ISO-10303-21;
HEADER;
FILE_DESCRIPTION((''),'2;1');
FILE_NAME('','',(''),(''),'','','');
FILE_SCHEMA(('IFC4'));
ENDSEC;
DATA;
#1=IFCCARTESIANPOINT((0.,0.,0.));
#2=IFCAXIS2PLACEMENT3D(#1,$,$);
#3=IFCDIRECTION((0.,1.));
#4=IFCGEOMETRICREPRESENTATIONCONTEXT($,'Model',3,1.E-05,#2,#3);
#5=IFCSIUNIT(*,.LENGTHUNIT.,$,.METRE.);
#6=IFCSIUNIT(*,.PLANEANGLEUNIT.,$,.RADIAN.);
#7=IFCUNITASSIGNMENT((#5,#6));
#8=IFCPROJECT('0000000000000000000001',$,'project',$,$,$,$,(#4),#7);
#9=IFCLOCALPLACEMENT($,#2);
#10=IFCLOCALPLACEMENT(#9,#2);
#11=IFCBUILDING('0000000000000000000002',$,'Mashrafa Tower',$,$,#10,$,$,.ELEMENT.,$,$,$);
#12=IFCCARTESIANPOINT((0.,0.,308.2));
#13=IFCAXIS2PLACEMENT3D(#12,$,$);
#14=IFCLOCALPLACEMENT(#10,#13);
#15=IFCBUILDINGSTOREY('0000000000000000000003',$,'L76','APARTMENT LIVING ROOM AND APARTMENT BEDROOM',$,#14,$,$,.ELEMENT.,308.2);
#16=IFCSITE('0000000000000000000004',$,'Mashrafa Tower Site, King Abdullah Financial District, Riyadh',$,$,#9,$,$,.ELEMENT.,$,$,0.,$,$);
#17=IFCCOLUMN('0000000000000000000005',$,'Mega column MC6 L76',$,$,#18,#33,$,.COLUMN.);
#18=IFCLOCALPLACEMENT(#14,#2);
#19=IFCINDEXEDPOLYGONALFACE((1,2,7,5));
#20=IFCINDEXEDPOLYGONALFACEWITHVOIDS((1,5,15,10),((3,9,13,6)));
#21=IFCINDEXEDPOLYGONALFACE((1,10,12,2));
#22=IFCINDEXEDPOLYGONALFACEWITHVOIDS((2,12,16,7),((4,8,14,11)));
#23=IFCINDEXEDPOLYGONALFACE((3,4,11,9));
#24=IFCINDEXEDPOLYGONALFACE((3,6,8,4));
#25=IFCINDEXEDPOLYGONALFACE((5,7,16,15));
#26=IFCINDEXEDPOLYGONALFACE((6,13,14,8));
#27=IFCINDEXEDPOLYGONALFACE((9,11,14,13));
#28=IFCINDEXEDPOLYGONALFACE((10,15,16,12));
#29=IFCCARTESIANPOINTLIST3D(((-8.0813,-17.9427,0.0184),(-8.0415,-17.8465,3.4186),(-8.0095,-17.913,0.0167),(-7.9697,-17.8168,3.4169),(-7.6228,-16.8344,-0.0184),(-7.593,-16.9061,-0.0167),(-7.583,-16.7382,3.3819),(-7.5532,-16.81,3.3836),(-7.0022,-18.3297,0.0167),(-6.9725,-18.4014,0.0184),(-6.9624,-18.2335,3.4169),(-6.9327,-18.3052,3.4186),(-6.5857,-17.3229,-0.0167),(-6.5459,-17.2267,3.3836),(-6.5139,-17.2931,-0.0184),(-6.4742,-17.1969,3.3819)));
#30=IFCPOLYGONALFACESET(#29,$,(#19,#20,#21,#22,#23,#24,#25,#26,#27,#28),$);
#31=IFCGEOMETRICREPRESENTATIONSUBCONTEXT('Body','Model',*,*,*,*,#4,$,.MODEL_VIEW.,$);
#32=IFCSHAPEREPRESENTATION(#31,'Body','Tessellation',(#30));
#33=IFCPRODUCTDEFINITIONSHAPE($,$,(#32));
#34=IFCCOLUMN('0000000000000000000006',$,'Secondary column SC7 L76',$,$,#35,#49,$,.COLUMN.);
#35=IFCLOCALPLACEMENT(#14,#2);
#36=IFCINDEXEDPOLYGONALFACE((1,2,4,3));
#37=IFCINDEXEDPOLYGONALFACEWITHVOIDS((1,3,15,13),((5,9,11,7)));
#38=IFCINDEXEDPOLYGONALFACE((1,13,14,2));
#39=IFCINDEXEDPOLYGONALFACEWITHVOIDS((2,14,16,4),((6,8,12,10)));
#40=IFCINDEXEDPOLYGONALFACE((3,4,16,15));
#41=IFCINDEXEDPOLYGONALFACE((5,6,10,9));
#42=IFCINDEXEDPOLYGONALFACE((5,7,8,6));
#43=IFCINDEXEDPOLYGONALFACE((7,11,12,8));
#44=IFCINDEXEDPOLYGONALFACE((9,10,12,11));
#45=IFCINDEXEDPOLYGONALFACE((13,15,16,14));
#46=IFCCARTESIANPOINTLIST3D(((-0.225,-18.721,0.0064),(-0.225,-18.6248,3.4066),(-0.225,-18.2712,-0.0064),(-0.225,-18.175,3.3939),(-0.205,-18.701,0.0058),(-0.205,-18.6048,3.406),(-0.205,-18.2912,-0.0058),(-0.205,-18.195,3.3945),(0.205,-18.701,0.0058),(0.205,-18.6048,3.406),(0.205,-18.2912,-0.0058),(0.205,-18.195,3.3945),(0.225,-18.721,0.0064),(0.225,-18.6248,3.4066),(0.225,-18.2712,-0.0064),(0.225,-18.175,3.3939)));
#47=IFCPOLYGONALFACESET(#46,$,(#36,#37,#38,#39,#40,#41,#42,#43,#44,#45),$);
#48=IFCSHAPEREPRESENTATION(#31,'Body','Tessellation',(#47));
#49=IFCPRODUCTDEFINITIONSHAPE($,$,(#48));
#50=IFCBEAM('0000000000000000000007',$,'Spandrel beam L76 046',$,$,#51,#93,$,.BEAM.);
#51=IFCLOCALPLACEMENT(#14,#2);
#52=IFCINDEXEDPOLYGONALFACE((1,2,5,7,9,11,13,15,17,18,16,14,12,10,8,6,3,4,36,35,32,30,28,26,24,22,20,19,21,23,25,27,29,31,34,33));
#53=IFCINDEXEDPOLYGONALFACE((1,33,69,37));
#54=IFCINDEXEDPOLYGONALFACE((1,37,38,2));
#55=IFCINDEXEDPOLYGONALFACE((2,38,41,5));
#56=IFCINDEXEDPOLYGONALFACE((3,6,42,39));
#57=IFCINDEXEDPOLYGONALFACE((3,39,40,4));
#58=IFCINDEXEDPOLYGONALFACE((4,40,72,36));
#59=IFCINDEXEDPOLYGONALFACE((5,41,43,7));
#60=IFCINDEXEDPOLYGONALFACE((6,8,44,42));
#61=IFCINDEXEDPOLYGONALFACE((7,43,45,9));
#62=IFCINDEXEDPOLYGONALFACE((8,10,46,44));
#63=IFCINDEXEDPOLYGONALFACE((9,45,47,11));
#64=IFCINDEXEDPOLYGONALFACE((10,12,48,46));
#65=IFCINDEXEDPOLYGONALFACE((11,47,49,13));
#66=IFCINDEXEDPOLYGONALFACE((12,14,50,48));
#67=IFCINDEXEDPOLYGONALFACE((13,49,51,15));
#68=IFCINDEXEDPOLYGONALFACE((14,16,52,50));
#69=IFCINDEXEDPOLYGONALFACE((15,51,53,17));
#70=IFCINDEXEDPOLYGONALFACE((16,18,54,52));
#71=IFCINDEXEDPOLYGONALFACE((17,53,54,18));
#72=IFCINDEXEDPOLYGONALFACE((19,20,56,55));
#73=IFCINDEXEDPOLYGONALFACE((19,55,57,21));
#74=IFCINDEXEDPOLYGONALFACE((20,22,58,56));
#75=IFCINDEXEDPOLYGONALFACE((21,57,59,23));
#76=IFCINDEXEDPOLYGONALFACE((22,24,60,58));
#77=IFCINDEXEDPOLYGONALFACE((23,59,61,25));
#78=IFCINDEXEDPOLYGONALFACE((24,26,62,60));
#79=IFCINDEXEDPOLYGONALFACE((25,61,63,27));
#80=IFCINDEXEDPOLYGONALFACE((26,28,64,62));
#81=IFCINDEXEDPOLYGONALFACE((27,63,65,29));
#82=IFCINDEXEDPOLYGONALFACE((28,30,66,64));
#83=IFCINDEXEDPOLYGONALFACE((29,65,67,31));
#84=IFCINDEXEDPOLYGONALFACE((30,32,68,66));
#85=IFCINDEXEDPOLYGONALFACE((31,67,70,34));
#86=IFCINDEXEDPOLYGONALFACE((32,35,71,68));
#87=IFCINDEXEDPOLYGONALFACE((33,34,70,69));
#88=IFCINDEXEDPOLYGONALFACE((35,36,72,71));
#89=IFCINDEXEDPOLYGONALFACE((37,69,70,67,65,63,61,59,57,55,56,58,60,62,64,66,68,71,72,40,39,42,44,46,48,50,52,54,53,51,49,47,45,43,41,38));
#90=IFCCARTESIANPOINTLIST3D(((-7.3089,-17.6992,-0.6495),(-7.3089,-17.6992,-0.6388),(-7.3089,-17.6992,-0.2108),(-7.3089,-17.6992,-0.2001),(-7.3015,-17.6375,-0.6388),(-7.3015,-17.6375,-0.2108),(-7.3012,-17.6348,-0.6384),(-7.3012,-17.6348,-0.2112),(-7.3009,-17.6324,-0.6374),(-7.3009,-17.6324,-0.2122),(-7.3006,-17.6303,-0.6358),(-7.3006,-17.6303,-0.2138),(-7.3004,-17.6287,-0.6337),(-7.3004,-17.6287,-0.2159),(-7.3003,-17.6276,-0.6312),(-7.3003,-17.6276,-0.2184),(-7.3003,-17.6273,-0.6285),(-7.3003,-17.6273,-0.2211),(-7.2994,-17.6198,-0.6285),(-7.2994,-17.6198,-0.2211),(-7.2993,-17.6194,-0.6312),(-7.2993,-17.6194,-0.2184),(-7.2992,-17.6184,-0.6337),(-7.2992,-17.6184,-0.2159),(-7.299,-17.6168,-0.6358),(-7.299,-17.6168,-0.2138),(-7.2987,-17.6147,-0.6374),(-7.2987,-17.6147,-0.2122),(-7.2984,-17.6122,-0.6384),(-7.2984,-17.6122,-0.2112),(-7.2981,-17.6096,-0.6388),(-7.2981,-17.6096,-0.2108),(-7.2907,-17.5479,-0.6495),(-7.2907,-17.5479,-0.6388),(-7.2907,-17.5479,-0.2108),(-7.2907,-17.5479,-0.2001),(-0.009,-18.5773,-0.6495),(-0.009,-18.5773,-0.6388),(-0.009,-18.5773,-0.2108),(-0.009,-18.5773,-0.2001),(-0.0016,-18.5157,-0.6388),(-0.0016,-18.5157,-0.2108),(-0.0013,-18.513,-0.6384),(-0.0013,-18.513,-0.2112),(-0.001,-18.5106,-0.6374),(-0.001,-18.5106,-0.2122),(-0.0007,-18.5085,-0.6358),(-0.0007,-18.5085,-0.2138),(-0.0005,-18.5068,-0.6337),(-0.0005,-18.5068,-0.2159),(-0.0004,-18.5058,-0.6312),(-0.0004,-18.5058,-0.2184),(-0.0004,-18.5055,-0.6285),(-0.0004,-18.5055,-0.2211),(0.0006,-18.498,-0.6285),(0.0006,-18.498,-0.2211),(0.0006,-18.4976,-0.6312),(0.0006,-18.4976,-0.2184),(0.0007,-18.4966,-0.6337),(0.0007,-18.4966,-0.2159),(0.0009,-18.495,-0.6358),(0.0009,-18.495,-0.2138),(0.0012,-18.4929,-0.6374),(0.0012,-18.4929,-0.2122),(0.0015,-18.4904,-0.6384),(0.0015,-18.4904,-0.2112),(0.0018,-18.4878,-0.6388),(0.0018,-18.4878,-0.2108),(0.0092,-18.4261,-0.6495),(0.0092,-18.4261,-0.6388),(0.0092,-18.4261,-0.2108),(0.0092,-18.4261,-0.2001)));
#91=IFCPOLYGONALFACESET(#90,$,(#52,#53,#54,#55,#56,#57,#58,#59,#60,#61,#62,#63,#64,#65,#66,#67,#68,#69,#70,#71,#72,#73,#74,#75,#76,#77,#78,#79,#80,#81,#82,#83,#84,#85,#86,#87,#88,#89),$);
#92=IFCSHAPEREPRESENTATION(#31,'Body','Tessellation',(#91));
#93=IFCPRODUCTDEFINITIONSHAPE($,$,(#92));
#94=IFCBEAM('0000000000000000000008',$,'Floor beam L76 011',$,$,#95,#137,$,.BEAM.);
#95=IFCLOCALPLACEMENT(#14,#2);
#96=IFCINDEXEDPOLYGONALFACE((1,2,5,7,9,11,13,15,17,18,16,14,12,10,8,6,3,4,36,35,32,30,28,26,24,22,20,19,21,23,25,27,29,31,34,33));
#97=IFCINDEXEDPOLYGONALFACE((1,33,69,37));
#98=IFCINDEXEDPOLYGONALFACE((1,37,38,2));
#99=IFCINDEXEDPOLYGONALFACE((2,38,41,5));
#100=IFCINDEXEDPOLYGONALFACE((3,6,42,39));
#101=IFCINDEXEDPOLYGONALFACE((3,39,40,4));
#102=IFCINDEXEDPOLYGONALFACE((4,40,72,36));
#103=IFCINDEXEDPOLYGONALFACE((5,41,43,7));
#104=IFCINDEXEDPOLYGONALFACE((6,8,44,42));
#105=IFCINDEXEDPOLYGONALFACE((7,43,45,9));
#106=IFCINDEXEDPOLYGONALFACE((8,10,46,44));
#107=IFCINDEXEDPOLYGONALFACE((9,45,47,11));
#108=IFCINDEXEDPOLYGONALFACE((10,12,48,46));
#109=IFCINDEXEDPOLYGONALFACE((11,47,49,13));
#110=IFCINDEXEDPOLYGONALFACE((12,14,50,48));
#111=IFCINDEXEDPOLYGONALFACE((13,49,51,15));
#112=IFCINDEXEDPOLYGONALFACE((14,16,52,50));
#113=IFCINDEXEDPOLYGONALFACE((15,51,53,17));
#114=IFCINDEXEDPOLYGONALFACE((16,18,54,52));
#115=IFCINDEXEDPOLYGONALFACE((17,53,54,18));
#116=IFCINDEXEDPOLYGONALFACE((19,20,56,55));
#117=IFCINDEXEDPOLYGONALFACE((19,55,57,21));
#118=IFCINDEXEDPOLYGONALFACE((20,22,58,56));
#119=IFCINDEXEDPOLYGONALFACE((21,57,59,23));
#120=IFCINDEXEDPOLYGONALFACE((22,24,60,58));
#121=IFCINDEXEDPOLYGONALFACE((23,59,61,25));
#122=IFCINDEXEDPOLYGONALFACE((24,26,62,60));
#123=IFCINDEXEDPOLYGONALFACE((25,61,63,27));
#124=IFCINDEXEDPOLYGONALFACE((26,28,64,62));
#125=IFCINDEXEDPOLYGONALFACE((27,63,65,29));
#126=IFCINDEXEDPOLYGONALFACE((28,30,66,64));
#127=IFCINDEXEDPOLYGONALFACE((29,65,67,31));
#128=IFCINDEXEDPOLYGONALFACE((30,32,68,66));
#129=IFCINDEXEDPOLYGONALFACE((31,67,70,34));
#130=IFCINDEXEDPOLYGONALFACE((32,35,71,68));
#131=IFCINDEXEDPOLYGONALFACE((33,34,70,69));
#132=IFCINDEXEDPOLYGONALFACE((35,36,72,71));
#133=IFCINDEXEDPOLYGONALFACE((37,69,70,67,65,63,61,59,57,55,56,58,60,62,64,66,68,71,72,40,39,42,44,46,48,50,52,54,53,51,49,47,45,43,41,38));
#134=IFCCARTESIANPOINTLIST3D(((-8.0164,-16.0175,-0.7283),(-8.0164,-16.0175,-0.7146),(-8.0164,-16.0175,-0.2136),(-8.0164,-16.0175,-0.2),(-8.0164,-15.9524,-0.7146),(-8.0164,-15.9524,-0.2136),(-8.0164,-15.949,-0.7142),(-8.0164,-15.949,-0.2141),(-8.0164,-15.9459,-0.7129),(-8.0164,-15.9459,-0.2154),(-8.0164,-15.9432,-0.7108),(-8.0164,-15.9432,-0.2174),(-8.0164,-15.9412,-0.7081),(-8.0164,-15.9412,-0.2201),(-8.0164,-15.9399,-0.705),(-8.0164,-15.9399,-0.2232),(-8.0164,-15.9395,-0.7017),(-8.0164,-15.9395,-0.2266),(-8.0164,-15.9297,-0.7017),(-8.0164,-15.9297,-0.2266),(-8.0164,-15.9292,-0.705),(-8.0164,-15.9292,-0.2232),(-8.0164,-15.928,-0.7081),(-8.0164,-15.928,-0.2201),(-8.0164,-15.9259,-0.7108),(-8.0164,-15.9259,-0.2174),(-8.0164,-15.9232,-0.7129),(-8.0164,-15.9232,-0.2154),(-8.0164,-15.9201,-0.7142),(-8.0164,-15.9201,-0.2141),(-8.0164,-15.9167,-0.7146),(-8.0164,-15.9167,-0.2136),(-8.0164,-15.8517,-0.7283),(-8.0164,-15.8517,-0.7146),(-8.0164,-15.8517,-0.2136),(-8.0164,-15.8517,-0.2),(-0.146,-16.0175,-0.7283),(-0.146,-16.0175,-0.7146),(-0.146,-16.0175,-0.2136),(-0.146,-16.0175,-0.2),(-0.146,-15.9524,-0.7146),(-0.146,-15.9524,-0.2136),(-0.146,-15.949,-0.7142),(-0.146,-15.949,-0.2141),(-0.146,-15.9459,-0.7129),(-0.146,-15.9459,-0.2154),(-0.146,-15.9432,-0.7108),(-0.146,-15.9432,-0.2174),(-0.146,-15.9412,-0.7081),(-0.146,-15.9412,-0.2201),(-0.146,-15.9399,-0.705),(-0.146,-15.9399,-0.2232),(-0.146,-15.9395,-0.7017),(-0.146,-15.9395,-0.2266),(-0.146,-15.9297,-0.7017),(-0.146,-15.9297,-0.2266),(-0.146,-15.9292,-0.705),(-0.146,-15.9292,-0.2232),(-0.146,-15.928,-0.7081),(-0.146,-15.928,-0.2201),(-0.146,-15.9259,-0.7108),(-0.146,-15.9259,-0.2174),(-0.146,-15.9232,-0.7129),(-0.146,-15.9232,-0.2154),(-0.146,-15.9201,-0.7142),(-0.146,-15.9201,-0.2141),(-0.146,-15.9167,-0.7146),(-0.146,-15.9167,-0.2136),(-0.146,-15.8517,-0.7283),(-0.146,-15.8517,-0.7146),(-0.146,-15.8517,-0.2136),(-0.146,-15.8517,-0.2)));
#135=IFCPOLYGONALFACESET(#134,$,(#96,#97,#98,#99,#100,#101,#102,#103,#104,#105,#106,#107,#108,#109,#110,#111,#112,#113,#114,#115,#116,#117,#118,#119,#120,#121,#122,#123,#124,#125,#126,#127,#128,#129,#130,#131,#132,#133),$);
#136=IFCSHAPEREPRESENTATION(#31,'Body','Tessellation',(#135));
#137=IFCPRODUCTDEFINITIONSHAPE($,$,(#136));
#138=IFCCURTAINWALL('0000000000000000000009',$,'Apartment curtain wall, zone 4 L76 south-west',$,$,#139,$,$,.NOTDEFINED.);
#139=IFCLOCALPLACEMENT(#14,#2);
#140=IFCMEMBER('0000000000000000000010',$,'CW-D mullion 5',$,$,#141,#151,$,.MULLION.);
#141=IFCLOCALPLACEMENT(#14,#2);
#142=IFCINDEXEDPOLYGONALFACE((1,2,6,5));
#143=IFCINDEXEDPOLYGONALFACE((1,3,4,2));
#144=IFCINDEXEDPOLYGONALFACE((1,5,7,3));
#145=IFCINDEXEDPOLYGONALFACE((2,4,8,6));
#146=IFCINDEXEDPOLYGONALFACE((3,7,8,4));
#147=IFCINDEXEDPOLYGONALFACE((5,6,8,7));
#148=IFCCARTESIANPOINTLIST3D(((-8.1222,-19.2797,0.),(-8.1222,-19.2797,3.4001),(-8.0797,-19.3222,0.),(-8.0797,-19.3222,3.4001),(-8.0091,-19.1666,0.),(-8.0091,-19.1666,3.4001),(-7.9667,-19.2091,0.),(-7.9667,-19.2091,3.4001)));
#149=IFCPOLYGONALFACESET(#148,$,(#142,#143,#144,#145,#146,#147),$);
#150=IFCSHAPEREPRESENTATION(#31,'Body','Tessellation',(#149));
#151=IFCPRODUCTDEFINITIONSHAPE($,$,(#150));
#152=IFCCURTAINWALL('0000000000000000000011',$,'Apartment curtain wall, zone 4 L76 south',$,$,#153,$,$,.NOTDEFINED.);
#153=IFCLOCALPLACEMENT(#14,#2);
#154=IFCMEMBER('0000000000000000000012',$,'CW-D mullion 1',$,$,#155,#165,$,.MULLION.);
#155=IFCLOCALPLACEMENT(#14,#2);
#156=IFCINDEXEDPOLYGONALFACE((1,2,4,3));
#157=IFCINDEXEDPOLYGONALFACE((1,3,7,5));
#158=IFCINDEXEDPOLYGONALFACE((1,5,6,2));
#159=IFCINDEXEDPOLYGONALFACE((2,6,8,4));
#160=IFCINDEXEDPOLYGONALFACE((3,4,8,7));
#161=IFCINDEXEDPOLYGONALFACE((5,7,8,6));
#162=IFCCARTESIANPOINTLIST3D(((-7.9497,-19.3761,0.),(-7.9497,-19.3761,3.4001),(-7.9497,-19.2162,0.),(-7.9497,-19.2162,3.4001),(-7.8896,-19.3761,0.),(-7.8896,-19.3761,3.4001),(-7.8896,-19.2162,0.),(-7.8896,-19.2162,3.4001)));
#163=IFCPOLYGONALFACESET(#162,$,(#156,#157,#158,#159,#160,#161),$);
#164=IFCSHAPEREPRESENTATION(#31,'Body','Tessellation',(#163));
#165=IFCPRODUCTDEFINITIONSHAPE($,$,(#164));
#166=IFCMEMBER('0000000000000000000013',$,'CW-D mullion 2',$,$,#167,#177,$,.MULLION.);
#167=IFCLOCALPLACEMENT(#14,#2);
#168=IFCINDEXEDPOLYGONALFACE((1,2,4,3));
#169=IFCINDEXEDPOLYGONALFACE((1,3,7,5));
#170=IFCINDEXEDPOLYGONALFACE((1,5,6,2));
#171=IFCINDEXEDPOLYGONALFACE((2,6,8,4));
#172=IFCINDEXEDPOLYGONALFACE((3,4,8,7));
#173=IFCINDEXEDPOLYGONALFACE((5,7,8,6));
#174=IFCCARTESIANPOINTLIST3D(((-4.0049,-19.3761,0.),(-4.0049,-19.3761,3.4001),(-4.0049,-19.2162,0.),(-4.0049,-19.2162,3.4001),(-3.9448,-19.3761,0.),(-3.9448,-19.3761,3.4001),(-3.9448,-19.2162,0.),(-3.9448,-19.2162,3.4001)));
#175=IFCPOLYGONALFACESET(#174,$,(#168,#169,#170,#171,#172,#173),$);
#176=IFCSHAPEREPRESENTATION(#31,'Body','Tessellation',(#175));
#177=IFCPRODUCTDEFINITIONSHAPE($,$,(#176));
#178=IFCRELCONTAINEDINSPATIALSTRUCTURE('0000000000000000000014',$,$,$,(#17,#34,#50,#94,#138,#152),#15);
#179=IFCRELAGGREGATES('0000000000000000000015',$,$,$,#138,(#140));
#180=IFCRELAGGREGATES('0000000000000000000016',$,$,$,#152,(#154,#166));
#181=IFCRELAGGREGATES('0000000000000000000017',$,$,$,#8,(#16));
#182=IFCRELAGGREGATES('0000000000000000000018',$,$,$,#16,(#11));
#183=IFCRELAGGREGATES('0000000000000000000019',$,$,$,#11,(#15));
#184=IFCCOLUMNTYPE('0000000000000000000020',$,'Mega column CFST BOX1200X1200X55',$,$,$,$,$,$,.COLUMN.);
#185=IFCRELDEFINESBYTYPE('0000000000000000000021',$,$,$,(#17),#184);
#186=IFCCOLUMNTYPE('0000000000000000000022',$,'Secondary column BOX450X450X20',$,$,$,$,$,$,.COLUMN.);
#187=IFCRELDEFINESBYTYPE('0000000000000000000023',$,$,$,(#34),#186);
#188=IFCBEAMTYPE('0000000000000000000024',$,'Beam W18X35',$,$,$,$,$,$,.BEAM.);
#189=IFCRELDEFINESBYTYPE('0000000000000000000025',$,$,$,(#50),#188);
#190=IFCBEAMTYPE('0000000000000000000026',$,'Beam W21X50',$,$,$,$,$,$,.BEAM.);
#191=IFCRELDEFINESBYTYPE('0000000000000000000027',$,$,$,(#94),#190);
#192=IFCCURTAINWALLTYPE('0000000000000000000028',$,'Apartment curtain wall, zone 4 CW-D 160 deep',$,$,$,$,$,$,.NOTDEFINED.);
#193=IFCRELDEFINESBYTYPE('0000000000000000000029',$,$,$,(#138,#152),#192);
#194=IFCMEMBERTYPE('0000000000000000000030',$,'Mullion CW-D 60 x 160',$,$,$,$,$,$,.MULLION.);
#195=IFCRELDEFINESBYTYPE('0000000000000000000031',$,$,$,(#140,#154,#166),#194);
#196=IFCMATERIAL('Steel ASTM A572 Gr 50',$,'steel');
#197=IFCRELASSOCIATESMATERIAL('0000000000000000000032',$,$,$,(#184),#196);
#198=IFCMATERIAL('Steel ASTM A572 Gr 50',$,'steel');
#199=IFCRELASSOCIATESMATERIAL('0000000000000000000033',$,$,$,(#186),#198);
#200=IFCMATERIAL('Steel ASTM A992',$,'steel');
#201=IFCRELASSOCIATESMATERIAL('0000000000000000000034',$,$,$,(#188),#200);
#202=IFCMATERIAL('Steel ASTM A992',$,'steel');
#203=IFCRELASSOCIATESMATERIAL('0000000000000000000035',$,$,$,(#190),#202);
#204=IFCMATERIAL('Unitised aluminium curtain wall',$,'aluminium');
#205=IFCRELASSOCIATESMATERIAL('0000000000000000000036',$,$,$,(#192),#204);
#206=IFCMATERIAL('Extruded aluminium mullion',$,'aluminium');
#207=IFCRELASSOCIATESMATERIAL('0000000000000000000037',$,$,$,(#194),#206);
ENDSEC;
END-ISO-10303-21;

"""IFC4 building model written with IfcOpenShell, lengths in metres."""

from ifc_helpers import new_model, si_unit, direction, frame, origin, origin_2d, place, context, subcontext, project, spatial, rectangle, hollow_rectangle, i_section, extrude, source, transform, mapped, material, material_profile, profile_set, type_object, type_shapes, element, aggregate, save


model = new_model("IFC4")

# Units and contexts
model_context = context("Model", 3, precision=1e-05, world=origin(), true_north=direction((0.0, 1.0)))
body_context = subcontext(model_context, "Body", "Model", "MODEL_VIEW")
ifc_project = project(units=[si_unit("LENGTHUNIT", "METRE"), si_unit("PLANEANGLEUNIT", "RADIAN")], contexts=[model_context])

# Site, building, storey
site_placement = place(None, origin())
site = spatial("IfcSite", under=ifc_project, at=site_placement, Name="Mashrafa Tower Site, King Abdullah Financial District, Riyadh", CompositionType="ELEMENT", RefElevation=0.0)
building_placement = place(site_placement, origin())
building = spatial("IfcBuilding", under=site, at=building_placement, Name="Mashrafa Tower", CompositionType="ELEMENT")
storey_placement = place(building_placement, frame((0.0, 0.0, 308.2)))
storey = spatial("IfcBuildingStorey", under=building, at=storey_placement, Name="L76", Description="APARTMENT LIVING ROOM AND APARTMENT BEDROOM", CompositionType="ELEMENT", Elevation=308.2)

# Columns
ifc_material_1 = material(Name="Steel ASTM A572 Gr 50", Category="steel")
ifc_material_profile_1 = material_profile(ifc_material_1, hollow_rectangle(XDim=1.2, YDim=1.2, WallThickness=0.0549, at=origin_2d()), Name="BOX1200X1200X55")
ifc_profile_set_1 = profile_set([ifc_material_profile_1], Name="Steel ASTM A572 Gr 50")
column_type_1 = type_object("IfcColumnType", Name="Mega column CFST BOX1200X1200X55", PredefinedType="COLUMN", material=ifc_profile_set_1)
column_1_placement = place(storey_placement, frame((-7.2976, -17.6179, 0.0), z_axis=(0.011698, 0.028277, 0.999532), x_axis=(-0.924045, 0.382283, 0.0)))
element("IfcColumn", 1, at=column_1_placement, inside=storey, type_object=column_type_1, Name="Mega column MC6 L76", PredefinedType="COLUMN", context=body_context, shape_type="SweptSolid", body=[
    extrude(hollow_rectangle(XDim=1.2, YDim=1.2, WallThickness=0.0549, at=origin_2d()), origin(), (0.0, 0.0, 1.0), 3.4019),
])
ifc_material_2 = material(Name="Steel ASTM A572 Gr 50", Category="steel")
ifc_material_profile_2 = material_profile(ifc_material_2, hollow_rectangle(XDim=0.45, YDim=0.45, WallThickness=0.02, at=origin_2d()), Name="BOX450X450X20")
ifc_profile_set_2 = profile_set([ifc_material_profile_2], Name="Steel ASTM A572 Gr 50")
column_type_2 = type_object("IfcColumnType", Name="Secondary column BOX450X450X20", PredefinedType="COLUMN", material=ifc_profile_set_2)
column_2_placement = place(storey_placement, frame((0.0, -18.4961, 0.0), z_axis=(0.0, 0.028279, 0.9996), x_axis=(-1.0, 0.0, 0.0)))
element("IfcColumn", 2, at=column_2_placement, inside=storey, type_object=column_type_2, Name="Secondary column SC7 L76", PredefinedType="COLUMN", context=body_context, shape_type="SweptSolid", body=[
    extrude(hollow_rectangle(XDim=0.45, YDim=0.45, WallThickness=0.02, at=origin_2d()), origin(), (0.0, 0.0, 1.0), 3.4016),
])

# Beams
ifc_material_3 = material(Name="Steel ASTM A992", Category="steel")
ifc_material_profile_3 = material_profile(ifc_material_3, i_section(OverallWidth=0.1523, OverallDepth=0.4495, WebThickness=0.0076, FlangeThickness=0.0107, FilletRadius=0.0103, at=origin_2d()), Name="W18X35")
ifc_profile_set_3 = profile_set([ifc_material_profile_3], Name="Steel ASTM A992")
beam_type_1 = type_object("IfcBeamType", Name="Beam W18X35", PredefinedType="BEAM", material=ifc_profile_set_3)
beam_1_placement = place(storey_placement, frame((-7.2998, -17.6235, -0.4248), z_axis=(0.992841, -0.11944, 0.0), x_axis=(0.11944, 0.992841, 0.0)))
element("IfcBeam", 3, at=beam_1_placement, inside=storey, type_object=beam_type_1, Name="Spandrel beam L76 046", PredefinedType="BEAM", context=body_context, shape_type="SweptSolid", body=[
    extrude(i_section(OverallWidth=0.1523, OverallDepth=0.4495, WebThickness=0.0076, FlangeThickness=0.0107, FilletRadius=0.0103, at=origin_2d()), origin(), (0.0, 0.0, 1.0), 7.3525),
])
ifc_material_4 = material(Name="Steel ASTM A992", Category="steel")
ifc_material_profile_4 = material_profile(ifc_material_4, i_section(OverallWidth=0.1658, OverallDepth=0.5283, WebThickness=0.0098, FlangeThickness=0.0137, FilletRadius=0.0129, at=origin_2d()), Name="W21X50")
ifc_profile_set_4 = profile_set([ifc_material_profile_4], Name="Steel ASTM A992")
beam_type_2 = type_object("IfcBeamType", Name="Beam W21X50", PredefinedType="BEAM", material=ifc_profile_set_4)
beam_2_placement = place(storey_placement, frame((-0.146, -15.9346, -0.4641), z_axis=(-1.0, 0.0, 0.0), x_axis=(0.0, -1.0, 0.0)))
element("IfcBeam", 4, at=beam_2_placement, inside=storey, type_object=beam_type_2, Name="Floor beam L76 011", PredefinedType="BEAM", context=body_context, shape_type="SweptSolid", body=[
    extrude(i_section(OverallWidth=0.1658, OverallDepth=0.5283, WebThickness=0.0098, FlangeThickness=0.0137, FilletRadius=0.0129, at=origin_2d()), origin(), (0.0, 0.0, 1.0), 7.8704),
])

# Curtain wall, member
ifc_material_5 = material(Name="Unitised aluminium curtain wall", Category="aluminium")
curtain_wall_type = type_object("IfcCurtainWallType", Name="Apartment curtain wall, zone 4 CW-D 160 deep", PredefinedType="NOTDEFINED", material=ifc_material_5)
curtain_wall_1_placement = place(storey_placement, origin())
curtain_wall_1 = element("IfcCurtainWall", 5, at=curtain_wall_1_placement, inside=storey, type_object=curtain_wall_type, Name="Apartment curtain wall, zone 4 L76 south-west", PredefinedType="NOTDEFINED")
ifc_material_6 = material(Name="Extruded aluminium mullion", Category="aluminium")
ifc_material_profile_5 = material_profile(ifc_material_6, rectangle(XDim=0.1599, YDim=0.0601, at=origin_2d()), Name="Mullion 60x160")
ifc_profile_set_5 = profile_set([ifc_material_profile_5], Name="Extruded aluminium mullion")
member_type_1 = type_object("IfcMemberType", Name="Mullion CW-D 60 x 160", PredefinedType="MULLION", material=ifc_profile_set_5)
shared_shape_1 = source(origin(), body_context, "Body", "SweptSolid", [
    extrude(rectangle(XDim=0.1599, YDim=0.0601, at=origin_2d()), origin(), (0.0, 0.0, 1.0), 3.4001),
])
type_shapes(member_type_1, [shared_shape_1])
member_1_placement = place(storey_placement, frame((-8.0444, -19.2444, 0.0), z_axis=(0.0, 0.0, 1.0), x_axis=(0.707107, 0.707107, 0.0)))
member_1 = element("IfcMember", 6, at=member_1_placement, type_object=member_type_1, Name="CW-D mullion 5", PredefinedType="MULLION", context=body_context, shape_type="MappedRepresentation", body=[
    mapped(shared_shape_1, transform((0.0, 0.0, 0.0))),
])

# Curtain wall, members
curtain_wall_2_placement = place(storey_placement, origin())
curtain_wall_2 = element("IfcCurtainWall", 7, at=curtain_wall_2_placement, inside=storey, type_object=curtain_wall_type, Name="Apartment curtain wall, zone 4 L76 south", PredefinedType="NOTDEFINED")
member_2_placement = place(storey_placement, frame((-7.9197, -19.2961, 0.0), z_axis=(0.0, 0.0, 1.0), x_axis=(0.0, 1.0, 0.0)))
member_2 = element("IfcMember", 8, at=member_2_placement, type_object=member_type_1, Name="CW-D mullion 1", PredefinedType="MULLION", context=body_context, shape_type="MappedRepresentation", body=[
    mapped(shared_shape_1, transform((0.0, 0.0, 0.0))),
])
member_3_placement = place(storey_placement, frame((-3.9749, -19.2961, 0.0), z_axis=(0.0, 0.0, 1.0), x_axis=(0.0, 1.0, 0.0)))
member_3 = element("IfcMember", 9, at=member_3_placement, type_object=member_type_1, Name="CW-D mullion 2", PredefinedType="MULLION", context=body_context, shape_type="MappedRepresentation", body=[
    mapped(shared_shape_1, transform((0.0, 0.0, 0.0))),
])

aggregate(curtain_wall_1, [member_1])
aggregate(curtain_wall_2, [member_2, member_3])

save(model, "model.ifc")
